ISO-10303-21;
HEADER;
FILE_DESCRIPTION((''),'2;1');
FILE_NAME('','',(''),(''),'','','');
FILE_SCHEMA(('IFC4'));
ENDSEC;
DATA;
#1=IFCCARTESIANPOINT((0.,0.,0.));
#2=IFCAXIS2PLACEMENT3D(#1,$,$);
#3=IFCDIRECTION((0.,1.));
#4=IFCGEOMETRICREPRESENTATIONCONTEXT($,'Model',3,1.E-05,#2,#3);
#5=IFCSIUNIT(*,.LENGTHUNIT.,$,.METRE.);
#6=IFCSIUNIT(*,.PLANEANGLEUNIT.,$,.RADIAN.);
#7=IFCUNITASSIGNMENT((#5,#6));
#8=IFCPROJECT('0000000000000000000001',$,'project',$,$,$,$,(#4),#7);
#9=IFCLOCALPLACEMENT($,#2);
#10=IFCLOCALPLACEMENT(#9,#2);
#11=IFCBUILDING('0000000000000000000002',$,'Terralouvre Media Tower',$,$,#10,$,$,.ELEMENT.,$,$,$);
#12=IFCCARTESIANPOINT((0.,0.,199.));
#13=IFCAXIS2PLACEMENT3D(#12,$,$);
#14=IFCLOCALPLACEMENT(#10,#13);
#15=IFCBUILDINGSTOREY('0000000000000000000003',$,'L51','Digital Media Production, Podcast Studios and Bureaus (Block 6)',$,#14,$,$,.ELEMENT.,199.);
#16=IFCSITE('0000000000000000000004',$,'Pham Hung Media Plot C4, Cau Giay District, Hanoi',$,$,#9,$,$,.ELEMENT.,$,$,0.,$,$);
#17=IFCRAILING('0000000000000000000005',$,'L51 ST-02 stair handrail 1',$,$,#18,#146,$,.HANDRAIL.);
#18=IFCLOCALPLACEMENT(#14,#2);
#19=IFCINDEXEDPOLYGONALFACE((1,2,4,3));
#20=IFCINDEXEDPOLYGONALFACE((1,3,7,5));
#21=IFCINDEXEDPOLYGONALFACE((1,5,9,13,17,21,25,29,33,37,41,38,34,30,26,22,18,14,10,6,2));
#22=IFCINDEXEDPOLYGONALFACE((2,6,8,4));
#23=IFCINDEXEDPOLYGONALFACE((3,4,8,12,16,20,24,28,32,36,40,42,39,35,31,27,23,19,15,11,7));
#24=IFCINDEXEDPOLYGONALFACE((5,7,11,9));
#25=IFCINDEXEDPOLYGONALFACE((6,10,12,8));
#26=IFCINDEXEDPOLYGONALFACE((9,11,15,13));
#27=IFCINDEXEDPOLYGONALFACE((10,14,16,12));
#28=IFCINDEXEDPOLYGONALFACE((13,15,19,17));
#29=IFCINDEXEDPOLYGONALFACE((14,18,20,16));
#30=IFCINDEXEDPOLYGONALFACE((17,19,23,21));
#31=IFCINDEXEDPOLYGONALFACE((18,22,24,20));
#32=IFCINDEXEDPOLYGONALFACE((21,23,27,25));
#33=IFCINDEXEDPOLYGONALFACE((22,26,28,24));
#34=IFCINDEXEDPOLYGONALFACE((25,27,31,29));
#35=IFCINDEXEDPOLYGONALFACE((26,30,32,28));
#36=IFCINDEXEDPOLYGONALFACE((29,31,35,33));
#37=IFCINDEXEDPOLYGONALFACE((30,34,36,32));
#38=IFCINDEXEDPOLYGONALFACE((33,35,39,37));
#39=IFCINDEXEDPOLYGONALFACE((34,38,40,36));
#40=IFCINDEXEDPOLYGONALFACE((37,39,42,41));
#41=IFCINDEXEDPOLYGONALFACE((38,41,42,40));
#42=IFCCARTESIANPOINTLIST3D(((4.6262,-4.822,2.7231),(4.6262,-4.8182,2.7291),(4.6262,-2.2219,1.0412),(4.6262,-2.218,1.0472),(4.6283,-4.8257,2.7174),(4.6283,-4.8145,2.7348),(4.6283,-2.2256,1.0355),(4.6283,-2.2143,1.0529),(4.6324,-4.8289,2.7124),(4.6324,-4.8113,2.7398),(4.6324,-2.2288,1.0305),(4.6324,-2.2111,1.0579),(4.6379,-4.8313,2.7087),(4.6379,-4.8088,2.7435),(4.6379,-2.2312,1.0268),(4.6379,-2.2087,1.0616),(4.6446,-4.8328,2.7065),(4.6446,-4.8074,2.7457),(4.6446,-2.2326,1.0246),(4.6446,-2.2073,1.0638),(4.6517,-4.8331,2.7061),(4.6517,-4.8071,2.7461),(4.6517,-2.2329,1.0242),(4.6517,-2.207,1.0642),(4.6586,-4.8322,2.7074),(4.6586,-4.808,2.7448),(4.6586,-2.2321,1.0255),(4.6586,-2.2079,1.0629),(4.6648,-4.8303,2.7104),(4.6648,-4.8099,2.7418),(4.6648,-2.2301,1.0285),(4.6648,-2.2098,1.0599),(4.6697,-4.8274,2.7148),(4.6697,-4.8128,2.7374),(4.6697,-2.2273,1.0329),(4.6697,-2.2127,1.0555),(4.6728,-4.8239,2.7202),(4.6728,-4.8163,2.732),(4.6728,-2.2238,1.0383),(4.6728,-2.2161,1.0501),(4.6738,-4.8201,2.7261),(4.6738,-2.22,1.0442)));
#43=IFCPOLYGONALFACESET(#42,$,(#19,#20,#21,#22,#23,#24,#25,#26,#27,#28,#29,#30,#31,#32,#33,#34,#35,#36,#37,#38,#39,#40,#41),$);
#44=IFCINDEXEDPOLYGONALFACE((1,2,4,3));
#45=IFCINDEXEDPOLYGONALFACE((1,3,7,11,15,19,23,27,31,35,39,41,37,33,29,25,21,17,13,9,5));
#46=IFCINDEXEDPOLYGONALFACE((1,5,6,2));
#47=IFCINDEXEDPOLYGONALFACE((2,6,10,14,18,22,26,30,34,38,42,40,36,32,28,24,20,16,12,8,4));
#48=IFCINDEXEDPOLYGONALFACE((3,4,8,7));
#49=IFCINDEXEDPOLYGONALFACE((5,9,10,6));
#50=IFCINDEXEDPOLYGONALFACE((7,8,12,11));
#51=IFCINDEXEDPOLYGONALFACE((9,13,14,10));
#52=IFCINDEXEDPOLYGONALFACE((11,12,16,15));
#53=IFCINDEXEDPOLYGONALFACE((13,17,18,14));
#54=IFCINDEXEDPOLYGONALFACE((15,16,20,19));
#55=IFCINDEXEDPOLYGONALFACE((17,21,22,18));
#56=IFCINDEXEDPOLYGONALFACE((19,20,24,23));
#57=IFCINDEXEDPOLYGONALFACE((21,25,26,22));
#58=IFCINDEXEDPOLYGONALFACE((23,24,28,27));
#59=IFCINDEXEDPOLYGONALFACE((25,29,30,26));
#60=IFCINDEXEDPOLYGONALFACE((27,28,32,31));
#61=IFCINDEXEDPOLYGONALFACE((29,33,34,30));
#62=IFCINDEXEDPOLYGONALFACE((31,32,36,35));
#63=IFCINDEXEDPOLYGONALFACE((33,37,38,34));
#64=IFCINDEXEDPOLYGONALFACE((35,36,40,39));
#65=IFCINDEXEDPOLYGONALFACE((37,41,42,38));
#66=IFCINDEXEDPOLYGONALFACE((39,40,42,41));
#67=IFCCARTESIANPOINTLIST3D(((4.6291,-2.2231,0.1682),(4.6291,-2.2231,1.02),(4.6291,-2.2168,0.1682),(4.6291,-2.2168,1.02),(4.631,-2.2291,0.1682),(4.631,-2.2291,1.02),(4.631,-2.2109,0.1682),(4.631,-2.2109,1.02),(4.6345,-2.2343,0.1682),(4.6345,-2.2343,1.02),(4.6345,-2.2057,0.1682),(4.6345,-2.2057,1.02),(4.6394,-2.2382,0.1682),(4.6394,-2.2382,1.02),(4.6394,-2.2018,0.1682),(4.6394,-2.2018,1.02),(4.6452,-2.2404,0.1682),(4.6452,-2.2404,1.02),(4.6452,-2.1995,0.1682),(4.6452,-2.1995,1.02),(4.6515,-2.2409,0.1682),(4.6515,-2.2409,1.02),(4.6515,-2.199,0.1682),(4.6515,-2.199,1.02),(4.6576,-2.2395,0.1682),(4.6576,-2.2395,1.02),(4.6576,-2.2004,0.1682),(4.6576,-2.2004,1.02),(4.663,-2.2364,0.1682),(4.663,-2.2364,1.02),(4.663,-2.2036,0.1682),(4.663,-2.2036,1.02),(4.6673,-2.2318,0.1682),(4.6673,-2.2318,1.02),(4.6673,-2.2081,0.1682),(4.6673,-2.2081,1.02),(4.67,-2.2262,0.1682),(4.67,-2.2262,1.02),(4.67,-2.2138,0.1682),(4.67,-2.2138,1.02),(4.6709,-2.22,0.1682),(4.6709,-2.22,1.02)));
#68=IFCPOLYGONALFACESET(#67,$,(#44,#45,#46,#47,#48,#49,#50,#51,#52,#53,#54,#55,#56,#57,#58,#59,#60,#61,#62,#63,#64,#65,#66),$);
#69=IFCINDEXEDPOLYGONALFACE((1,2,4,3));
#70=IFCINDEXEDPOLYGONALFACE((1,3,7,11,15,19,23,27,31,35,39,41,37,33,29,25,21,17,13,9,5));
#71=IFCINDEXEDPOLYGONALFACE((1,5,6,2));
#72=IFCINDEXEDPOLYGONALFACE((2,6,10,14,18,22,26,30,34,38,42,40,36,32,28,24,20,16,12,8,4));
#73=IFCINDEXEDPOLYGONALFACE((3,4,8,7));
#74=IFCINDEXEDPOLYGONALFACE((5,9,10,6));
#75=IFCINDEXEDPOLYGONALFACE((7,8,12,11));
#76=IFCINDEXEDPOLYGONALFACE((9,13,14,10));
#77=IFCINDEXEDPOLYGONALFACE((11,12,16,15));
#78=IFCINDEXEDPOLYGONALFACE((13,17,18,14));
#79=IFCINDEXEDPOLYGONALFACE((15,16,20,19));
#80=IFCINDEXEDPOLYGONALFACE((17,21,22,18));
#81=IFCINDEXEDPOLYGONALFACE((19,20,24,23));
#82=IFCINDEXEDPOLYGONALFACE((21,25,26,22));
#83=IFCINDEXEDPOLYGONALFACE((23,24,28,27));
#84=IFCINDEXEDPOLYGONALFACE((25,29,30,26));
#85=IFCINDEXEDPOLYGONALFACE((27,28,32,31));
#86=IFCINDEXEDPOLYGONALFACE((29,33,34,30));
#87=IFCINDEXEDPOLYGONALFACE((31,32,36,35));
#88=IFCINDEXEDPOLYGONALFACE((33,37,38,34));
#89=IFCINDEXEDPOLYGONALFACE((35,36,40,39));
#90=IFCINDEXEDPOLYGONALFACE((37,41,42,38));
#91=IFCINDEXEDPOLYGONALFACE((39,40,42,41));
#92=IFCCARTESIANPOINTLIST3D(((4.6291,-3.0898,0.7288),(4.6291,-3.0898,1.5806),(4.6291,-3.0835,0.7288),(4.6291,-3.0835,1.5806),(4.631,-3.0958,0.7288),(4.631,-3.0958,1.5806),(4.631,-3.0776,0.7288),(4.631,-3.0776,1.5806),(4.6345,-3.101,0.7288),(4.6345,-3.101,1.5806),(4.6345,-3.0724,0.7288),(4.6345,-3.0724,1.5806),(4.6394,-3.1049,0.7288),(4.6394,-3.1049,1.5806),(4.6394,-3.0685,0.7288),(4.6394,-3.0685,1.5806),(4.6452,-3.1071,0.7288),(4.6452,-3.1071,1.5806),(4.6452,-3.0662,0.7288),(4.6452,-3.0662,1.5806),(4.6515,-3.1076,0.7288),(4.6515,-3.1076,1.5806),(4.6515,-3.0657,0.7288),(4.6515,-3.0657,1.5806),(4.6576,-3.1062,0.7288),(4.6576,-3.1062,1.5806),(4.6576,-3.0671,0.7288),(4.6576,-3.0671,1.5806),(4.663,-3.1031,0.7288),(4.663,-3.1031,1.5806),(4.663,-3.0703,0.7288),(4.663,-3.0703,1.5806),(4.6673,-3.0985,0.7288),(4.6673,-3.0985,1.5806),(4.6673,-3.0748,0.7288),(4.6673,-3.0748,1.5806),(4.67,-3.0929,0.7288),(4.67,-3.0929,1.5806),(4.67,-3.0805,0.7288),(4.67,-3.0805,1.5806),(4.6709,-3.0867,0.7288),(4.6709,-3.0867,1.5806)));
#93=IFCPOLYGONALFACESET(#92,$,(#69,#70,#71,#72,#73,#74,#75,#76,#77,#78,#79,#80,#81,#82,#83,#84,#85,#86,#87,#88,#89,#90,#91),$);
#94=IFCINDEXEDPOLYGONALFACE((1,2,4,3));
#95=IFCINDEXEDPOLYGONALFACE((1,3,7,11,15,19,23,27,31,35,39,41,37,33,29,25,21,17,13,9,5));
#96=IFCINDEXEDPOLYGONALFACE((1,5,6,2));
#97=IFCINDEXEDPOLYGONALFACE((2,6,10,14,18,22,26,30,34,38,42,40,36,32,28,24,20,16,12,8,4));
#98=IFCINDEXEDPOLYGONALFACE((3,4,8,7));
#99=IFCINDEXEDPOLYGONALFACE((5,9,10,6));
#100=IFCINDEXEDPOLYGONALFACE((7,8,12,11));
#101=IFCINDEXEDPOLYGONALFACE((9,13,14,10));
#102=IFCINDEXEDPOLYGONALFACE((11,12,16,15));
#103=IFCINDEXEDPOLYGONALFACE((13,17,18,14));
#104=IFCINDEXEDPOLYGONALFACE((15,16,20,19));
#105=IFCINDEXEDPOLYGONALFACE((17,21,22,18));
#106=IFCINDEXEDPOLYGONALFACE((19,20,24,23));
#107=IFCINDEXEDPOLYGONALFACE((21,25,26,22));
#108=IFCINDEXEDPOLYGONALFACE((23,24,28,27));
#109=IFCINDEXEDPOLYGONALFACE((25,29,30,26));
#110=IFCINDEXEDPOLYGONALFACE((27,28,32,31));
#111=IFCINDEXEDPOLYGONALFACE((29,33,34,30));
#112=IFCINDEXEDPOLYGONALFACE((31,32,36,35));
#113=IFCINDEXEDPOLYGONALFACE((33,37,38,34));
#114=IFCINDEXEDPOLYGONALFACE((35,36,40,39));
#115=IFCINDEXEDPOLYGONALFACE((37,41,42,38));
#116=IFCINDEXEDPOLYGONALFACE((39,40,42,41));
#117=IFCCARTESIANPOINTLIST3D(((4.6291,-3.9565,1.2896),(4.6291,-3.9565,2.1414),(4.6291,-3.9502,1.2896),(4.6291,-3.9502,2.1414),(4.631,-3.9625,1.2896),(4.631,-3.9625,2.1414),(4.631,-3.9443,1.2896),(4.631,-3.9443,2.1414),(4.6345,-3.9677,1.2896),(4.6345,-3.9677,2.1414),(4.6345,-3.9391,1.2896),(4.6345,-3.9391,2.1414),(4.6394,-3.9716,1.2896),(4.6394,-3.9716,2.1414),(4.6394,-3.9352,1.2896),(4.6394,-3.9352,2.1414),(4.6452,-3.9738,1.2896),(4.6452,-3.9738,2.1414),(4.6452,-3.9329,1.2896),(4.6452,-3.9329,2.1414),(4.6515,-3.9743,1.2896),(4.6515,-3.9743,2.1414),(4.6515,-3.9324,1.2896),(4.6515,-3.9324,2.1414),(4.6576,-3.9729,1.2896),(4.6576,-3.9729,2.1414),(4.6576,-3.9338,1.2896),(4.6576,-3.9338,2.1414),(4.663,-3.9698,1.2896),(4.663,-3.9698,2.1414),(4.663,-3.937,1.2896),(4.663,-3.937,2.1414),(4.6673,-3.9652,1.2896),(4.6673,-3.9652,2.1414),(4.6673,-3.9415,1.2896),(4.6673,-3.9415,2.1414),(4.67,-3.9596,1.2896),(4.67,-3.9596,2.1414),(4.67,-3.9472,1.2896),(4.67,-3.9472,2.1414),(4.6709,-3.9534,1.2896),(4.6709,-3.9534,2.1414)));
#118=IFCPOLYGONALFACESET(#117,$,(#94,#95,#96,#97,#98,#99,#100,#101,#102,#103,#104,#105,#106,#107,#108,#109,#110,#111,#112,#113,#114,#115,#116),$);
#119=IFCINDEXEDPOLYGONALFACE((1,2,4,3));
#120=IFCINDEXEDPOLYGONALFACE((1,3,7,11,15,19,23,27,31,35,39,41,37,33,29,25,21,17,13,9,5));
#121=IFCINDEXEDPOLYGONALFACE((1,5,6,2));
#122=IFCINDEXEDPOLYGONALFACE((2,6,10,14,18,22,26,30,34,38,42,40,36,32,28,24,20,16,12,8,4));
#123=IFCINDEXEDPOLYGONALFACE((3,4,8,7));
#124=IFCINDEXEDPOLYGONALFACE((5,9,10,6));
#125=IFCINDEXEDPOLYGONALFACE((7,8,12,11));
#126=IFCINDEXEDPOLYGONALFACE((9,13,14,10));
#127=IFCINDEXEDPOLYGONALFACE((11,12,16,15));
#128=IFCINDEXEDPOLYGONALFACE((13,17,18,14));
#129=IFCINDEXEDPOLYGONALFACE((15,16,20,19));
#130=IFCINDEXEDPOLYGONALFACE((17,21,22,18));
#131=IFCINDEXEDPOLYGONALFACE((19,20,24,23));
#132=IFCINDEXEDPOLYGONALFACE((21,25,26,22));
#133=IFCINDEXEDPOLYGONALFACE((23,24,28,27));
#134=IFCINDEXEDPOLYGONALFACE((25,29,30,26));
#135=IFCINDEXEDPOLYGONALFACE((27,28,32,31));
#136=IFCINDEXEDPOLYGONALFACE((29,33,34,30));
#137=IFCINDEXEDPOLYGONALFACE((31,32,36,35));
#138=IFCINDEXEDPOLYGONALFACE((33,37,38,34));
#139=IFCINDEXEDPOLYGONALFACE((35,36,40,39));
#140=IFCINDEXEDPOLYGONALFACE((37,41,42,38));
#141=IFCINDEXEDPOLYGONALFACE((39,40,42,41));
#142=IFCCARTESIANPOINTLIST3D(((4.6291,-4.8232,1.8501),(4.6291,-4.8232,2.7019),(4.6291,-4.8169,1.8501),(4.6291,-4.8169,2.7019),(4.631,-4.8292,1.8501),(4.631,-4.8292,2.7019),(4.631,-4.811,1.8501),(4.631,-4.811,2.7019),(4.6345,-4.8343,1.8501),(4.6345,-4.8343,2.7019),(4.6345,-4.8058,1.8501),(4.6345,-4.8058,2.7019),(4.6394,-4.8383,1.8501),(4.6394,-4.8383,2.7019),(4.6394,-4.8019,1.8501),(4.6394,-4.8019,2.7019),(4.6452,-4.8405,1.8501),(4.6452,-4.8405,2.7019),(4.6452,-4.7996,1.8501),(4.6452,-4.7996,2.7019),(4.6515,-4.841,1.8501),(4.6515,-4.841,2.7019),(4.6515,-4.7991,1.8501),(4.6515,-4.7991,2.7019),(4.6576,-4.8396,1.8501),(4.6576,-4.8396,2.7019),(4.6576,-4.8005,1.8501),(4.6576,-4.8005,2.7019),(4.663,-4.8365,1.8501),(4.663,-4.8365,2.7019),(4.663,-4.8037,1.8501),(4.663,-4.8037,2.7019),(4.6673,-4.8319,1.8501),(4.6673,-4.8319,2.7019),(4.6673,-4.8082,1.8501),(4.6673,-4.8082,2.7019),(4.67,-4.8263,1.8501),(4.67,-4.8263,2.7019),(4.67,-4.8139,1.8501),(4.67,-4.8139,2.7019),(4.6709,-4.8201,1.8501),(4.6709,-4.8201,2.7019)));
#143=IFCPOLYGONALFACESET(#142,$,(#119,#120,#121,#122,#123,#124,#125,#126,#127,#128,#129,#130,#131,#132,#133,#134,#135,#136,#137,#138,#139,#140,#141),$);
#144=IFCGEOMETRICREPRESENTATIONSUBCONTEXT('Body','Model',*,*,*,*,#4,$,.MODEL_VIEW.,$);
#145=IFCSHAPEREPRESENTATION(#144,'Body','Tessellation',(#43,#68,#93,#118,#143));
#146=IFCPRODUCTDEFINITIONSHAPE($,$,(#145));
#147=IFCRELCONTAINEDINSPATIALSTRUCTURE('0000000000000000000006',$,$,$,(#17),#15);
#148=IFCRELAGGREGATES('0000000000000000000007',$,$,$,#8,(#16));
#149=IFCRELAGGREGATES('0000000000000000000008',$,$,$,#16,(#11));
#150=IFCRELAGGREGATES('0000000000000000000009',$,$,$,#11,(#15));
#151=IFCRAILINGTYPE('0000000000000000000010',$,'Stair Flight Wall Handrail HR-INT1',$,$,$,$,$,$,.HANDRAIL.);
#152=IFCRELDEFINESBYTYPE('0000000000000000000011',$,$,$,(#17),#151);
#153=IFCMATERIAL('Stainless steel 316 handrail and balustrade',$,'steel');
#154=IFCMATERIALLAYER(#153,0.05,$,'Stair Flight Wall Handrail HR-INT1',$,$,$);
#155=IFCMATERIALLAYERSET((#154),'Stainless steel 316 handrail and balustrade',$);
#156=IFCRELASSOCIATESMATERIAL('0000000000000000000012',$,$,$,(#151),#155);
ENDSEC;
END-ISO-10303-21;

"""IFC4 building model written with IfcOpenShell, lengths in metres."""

from ifc_helpers import new_model, si_unit, direction, frame, origin, origin_2d, place, context, subcontext, project, spatial, circle, extrude, material, layer, layer_set, type_object, element, save


model = new_model("IFC4")

# Units and contexts
model_context = context("Model", 3, precision=1e-05, world=origin(), true_north=direction((0.0, 1.0)))
body_context = subcontext(model_context, "Body", "Model", "MODEL_VIEW")
ifc_project = project(units=[si_unit("LENGTHUNIT", "METRE"), si_unit("PLANEANGLEUNIT", "RADIAN")], contexts=[model_context])

# Site, building, storey
site_placement = place(None, origin())
site = spatial("IfcSite", under=ifc_project, at=site_placement, Name="Pham Hung Media Plot C4, Cau Giay District, Hanoi", CompositionType="ELEMENT", RefElevation=0.0)
building_placement = place(site_placement, origin())
building = spatial("IfcBuilding", under=site, at=building_placement, Name="Terralouvre Media Tower", CompositionType="ELEMENT")
storey_placement = place(building_placement, frame((0.0, 0.0, 199.0)))
storey = spatial("IfcBuildingStorey", under=building, at=storey_placement, Name="L51", Description="Digital Media Production, Podcast Studios and Bureaus (Block 6)", CompositionType="ELEMENT", Elevation=199.0)

# Railing
ifc_material_1 = material(Name="Stainless steel 316 handrail and balustrade", Category="steel")
ifc_layer_1 = layer(ifc_material_1, 0.05, Name="Stair Flight Wall Handrail HR-INT1")
ifc_layer_set_1 = layer_set([ifc_layer_1], Name="Stainless steel 316 handrail and balustrade")
railing_type_1 = type_object("IfcRailingType", Name="Stair Flight Wall Handrail HR-INT1", PredefinedType="HANDRAIL", material=ifc_layer_set_1)
railing_1_placement = place(storey_placement, frame((4.6499, -2.22, 0.1682)))
element("IfcRailing", 1, at=railing_1_placement, inside=storey, type_object=railing_type_1, Name="L51 ST-02 stair handrail 1", PredefinedType="HANDRAIL", context=body_context, shape_type="SweptSolid", body=[
    extrude(circle(Radius=0.0239, at=origin_2d()), frame((0.0, 0.0, 0.876), z_axis=(0.0, -0.839648, 0.54313), x_axis=(1.0, 0.0, 0.0)), (0.0, 0.0, 1.0), 3.0967),
    extrude(circle(Radius=0.021, at=origin_2d()), origin(), (0.0, 0.0, 1.0), 0.8518),
    extrude(circle(Radius=0.021, at=origin_2d()), frame((0.0, -0.8667, 0.5605)), (0.0, 0.0, 1.0), 0.8518),
    extrude(circle(Radius=0.021, at=origin_2d()), frame((0.0, -1.7334, 1.1213)), (0.0, 0.0, 1.0), 0.8518),
    extrude(circle(Radius=0.021, at=origin_2d()), frame((0.0, -2.6001, 1.6819)), (0.0, 0.0, 1.0), 0.8518),
])

save(model, "model.ifc")
